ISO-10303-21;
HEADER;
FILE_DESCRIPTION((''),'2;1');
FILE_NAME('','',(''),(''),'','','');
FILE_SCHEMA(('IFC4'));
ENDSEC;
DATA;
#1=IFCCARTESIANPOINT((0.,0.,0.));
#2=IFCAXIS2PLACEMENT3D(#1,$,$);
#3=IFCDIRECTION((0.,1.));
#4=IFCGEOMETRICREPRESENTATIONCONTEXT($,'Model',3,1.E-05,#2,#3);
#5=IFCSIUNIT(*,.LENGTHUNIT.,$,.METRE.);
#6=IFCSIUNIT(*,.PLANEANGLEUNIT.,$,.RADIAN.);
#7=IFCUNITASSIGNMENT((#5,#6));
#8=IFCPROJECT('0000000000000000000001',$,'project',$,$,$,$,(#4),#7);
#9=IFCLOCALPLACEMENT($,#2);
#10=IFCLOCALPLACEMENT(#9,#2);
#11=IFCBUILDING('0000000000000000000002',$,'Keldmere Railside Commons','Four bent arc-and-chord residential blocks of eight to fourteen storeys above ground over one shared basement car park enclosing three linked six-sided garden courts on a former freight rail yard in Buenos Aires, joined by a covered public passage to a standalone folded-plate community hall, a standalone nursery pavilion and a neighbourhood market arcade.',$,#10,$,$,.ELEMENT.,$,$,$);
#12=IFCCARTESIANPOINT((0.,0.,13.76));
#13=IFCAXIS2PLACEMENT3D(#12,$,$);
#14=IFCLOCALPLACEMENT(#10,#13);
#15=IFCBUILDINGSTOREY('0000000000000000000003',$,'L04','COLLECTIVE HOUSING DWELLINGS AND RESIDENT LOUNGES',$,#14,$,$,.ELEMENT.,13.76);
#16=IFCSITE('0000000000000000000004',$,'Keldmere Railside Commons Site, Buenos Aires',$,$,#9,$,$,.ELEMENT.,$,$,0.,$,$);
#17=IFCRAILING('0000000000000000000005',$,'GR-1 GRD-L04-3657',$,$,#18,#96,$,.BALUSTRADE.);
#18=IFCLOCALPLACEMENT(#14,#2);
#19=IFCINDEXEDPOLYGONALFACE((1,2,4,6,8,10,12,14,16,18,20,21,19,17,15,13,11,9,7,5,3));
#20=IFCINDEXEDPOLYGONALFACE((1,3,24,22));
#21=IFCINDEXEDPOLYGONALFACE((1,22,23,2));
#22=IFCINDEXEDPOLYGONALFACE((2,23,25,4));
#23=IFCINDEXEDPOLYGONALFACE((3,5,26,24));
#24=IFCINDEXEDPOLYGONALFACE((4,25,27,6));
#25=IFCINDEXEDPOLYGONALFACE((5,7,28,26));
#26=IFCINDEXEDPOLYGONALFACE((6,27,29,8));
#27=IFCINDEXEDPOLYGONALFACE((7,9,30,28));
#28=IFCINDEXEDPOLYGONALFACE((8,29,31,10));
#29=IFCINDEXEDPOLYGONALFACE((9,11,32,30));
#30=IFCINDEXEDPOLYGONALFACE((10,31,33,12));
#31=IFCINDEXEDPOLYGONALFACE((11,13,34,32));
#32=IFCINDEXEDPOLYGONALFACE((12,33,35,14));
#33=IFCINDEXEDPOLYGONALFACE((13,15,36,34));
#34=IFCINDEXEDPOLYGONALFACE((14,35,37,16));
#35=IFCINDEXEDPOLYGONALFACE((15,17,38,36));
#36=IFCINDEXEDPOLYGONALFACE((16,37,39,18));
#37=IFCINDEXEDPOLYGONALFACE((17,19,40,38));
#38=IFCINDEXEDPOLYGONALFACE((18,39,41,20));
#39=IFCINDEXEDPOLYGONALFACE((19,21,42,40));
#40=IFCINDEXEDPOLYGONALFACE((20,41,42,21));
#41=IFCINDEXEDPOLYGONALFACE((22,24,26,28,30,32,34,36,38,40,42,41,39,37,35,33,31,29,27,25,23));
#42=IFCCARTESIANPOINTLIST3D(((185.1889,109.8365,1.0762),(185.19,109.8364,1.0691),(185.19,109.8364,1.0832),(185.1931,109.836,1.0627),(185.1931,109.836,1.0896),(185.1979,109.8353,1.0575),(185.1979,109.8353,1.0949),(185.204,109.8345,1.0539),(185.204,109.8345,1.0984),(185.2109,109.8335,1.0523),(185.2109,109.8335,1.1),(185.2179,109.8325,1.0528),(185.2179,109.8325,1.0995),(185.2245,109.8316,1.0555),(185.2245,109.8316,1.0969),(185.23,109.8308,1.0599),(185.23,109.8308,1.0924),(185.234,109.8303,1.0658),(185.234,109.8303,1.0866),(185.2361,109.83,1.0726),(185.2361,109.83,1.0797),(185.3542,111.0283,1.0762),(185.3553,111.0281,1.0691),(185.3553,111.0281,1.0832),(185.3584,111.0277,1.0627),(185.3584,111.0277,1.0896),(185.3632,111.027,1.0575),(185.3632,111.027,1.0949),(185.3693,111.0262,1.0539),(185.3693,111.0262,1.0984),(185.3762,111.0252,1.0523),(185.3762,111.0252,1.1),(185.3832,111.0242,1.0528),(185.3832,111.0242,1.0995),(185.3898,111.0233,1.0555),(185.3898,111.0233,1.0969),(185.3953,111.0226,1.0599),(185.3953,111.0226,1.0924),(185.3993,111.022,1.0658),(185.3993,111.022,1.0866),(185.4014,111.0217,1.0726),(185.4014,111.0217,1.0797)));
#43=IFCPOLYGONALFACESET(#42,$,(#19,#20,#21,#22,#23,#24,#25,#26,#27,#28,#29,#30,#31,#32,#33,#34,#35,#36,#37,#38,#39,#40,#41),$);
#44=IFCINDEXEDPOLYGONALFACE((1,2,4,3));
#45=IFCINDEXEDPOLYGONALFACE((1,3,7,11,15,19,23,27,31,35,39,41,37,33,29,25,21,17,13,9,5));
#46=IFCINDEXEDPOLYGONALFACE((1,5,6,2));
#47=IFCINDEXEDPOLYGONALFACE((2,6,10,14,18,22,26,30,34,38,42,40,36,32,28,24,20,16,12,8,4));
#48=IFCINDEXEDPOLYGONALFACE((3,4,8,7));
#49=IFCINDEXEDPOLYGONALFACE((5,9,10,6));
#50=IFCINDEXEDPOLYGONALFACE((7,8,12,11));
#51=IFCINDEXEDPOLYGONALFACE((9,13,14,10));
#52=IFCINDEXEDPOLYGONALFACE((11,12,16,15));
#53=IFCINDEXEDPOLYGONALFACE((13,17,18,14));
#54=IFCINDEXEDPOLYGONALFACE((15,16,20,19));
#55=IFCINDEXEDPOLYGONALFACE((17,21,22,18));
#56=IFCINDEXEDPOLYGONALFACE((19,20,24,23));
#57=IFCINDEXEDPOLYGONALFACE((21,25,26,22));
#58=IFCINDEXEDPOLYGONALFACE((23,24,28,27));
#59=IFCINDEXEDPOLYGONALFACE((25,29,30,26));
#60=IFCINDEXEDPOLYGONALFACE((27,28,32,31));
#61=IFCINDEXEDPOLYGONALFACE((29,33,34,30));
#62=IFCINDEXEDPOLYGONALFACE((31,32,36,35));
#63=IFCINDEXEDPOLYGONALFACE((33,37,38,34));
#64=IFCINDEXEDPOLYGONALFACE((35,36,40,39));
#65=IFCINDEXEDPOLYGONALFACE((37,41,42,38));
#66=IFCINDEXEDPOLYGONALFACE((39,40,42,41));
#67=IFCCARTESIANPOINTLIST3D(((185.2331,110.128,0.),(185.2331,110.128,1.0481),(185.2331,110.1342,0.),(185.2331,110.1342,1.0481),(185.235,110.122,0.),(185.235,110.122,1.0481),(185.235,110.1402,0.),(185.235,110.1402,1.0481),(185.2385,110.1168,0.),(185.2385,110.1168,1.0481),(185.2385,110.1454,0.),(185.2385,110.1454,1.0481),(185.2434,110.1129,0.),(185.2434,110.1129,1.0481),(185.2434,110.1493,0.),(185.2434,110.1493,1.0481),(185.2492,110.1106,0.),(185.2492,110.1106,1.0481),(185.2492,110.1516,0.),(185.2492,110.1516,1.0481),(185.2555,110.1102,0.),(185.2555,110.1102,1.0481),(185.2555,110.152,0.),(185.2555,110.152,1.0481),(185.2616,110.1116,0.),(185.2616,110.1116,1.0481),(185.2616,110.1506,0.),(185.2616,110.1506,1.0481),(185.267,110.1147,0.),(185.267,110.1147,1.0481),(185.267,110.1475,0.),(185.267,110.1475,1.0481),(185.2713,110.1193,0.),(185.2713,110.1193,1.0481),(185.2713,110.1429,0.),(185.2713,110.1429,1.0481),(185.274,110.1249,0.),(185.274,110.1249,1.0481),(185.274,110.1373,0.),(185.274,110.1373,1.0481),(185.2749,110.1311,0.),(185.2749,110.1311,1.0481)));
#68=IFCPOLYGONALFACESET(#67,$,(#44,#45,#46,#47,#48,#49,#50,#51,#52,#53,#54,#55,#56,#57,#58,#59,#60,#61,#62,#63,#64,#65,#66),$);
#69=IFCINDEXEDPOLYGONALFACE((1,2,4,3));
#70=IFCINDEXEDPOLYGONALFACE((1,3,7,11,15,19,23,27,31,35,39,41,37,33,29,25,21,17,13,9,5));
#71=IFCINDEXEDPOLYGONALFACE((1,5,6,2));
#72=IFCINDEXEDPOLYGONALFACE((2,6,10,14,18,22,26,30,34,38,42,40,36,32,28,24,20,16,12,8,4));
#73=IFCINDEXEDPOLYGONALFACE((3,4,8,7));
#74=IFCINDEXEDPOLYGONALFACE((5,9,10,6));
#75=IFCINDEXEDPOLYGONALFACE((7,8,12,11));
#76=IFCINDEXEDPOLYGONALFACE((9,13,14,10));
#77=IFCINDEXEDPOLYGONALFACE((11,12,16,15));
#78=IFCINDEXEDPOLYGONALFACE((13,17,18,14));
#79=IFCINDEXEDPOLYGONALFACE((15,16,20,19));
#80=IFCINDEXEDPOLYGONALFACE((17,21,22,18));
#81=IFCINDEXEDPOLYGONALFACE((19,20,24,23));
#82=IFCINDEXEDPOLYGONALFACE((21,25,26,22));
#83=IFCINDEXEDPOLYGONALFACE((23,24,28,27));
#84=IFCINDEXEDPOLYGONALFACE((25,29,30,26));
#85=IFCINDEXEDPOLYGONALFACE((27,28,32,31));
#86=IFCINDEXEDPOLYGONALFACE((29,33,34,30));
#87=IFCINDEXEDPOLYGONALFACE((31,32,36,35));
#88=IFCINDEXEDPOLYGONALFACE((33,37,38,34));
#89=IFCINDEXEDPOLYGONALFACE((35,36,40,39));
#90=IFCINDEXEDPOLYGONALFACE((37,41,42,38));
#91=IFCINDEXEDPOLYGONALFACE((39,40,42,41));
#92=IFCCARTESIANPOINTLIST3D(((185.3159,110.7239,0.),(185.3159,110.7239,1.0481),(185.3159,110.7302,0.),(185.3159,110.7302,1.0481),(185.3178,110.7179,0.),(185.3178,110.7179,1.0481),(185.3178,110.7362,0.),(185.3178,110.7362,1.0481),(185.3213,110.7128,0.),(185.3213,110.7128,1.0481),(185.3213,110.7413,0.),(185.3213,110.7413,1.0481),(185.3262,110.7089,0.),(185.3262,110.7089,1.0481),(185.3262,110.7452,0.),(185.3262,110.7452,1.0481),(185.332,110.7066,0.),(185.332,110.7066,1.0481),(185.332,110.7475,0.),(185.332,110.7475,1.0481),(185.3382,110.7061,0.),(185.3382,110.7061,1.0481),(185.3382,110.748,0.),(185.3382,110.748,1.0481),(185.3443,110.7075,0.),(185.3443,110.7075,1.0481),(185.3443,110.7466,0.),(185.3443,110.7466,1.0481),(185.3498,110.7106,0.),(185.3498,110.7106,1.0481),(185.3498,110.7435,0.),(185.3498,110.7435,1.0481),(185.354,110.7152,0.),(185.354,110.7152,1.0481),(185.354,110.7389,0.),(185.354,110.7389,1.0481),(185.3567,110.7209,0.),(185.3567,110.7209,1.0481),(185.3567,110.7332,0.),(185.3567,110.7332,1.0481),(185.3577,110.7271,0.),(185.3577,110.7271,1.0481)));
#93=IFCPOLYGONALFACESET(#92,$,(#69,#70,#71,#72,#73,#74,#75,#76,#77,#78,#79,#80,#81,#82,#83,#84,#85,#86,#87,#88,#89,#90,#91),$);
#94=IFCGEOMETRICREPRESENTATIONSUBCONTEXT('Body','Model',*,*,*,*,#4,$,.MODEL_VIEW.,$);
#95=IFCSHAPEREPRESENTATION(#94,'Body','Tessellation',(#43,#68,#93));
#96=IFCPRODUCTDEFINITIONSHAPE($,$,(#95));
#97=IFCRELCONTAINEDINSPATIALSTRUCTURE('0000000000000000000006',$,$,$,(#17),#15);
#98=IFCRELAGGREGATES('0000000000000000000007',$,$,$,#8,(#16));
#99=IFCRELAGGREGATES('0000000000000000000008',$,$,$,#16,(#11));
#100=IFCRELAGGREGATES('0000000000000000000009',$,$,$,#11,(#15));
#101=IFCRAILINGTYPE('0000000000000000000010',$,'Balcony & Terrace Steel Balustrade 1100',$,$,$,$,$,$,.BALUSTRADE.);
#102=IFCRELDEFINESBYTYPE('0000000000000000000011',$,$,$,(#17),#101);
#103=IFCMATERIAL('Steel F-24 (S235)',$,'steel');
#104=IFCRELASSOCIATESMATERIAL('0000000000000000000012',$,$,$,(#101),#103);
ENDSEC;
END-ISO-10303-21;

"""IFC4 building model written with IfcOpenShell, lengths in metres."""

from ifc_helpers import new_model, si_unit, direction, frame, origin, origin_2d, place, context, subcontext, project, spatial, circle, extrude, material, type_object, element, save


model = new_model("IFC4")

# Units and contexts
model_context = context("Model", 3, precision=1e-05, world=origin(), true_north=direction((0.0, 1.0)))
body_context = subcontext(model_context, "Body", "Model", "MODEL_VIEW")
ifc_project = project(units=[si_unit("LENGTHUNIT", "METRE"), si_unit("PLANEANGLEUNIT", "RADIAN")], contexts=[model_context])

# Site, building, storey
site_placement = place(None, origin())
site = spatial("IfcSite", under=ifc_project, at=site_placement, Name="Keldmere Railside Commons Site, Buenos Aires", CompositionType="ELEMENT", RefElevation=0.0)
building_placement = place(site_placement, origin())
building = spatial("IfcBuilding", under=site, at=building_placement, Name="Keldmere Railside Commons", Description="Four bent arc-and-chord residential blocks of eight to fourteen storeys above ground over one shared basement car park enclosing three linked six-sided garden courts on a former freight rail yard in Buenos Aires, joined by a covered public passage to a standalone folded-plate community hall, a standalone nursery pavilion and a neighbourhood market arcade.", CompositionType="ELEMENT")
storey_placement = place(building_placement, frame((0.0, 0.0, 13.76)))
storey = spatial("IfcBuildingStorey", under=building, at=storey_placement, Name="L04", Description="COLLECTIVE HOUSING DWELLINGS AND RESIDENT LOUNGES", CompositionType="ELEMENT", Elevation=13.76)

# Railing
ifc_material_1 = material(Name="Steel F-24 (S235)", Category="steel")
railing_type = type_object("IfcRailingType", Name="Balcony & Terrace Steel Balustrade 1100", PredefinedType="BALUSTRADE", material=ifc_material_1)
railing_1_placement = place(storey_placement, frame((185.2126, 109.8333, 0.0)))
element("IfcRailing", 1, at=railing_1_placement, inside=storey, type_object=railing_type, Name="GR-1 GRD-L04-3657", PredefinedType="BALUSTRADE", context=body_context, shape_type="SweptSolid", body=[
    extrude(circle(Radius=0.0239, at=origin_2d()), frame((0.0, 0.0, 1.0762), z_axis=(0.137386, 0.990518, 0.0), x_axis=(-0.990518, 0.137386, 0.0)), (0.0, 0.0, 1.0), 1.2031),
    extrude(circle(Radius=0.021, at=origin_2d()), frame((0.0413, 0.2979, 0.0)), (0.0, 0.0, 1.0), 1.0481),
    extrude(circle(Radius=0.021, at=origin_2d()), frame((0.124, 0.8938, 0.0)), (0.0, 0.0, 1.0), 1.0481),
])

save(model, "model.ifc")
